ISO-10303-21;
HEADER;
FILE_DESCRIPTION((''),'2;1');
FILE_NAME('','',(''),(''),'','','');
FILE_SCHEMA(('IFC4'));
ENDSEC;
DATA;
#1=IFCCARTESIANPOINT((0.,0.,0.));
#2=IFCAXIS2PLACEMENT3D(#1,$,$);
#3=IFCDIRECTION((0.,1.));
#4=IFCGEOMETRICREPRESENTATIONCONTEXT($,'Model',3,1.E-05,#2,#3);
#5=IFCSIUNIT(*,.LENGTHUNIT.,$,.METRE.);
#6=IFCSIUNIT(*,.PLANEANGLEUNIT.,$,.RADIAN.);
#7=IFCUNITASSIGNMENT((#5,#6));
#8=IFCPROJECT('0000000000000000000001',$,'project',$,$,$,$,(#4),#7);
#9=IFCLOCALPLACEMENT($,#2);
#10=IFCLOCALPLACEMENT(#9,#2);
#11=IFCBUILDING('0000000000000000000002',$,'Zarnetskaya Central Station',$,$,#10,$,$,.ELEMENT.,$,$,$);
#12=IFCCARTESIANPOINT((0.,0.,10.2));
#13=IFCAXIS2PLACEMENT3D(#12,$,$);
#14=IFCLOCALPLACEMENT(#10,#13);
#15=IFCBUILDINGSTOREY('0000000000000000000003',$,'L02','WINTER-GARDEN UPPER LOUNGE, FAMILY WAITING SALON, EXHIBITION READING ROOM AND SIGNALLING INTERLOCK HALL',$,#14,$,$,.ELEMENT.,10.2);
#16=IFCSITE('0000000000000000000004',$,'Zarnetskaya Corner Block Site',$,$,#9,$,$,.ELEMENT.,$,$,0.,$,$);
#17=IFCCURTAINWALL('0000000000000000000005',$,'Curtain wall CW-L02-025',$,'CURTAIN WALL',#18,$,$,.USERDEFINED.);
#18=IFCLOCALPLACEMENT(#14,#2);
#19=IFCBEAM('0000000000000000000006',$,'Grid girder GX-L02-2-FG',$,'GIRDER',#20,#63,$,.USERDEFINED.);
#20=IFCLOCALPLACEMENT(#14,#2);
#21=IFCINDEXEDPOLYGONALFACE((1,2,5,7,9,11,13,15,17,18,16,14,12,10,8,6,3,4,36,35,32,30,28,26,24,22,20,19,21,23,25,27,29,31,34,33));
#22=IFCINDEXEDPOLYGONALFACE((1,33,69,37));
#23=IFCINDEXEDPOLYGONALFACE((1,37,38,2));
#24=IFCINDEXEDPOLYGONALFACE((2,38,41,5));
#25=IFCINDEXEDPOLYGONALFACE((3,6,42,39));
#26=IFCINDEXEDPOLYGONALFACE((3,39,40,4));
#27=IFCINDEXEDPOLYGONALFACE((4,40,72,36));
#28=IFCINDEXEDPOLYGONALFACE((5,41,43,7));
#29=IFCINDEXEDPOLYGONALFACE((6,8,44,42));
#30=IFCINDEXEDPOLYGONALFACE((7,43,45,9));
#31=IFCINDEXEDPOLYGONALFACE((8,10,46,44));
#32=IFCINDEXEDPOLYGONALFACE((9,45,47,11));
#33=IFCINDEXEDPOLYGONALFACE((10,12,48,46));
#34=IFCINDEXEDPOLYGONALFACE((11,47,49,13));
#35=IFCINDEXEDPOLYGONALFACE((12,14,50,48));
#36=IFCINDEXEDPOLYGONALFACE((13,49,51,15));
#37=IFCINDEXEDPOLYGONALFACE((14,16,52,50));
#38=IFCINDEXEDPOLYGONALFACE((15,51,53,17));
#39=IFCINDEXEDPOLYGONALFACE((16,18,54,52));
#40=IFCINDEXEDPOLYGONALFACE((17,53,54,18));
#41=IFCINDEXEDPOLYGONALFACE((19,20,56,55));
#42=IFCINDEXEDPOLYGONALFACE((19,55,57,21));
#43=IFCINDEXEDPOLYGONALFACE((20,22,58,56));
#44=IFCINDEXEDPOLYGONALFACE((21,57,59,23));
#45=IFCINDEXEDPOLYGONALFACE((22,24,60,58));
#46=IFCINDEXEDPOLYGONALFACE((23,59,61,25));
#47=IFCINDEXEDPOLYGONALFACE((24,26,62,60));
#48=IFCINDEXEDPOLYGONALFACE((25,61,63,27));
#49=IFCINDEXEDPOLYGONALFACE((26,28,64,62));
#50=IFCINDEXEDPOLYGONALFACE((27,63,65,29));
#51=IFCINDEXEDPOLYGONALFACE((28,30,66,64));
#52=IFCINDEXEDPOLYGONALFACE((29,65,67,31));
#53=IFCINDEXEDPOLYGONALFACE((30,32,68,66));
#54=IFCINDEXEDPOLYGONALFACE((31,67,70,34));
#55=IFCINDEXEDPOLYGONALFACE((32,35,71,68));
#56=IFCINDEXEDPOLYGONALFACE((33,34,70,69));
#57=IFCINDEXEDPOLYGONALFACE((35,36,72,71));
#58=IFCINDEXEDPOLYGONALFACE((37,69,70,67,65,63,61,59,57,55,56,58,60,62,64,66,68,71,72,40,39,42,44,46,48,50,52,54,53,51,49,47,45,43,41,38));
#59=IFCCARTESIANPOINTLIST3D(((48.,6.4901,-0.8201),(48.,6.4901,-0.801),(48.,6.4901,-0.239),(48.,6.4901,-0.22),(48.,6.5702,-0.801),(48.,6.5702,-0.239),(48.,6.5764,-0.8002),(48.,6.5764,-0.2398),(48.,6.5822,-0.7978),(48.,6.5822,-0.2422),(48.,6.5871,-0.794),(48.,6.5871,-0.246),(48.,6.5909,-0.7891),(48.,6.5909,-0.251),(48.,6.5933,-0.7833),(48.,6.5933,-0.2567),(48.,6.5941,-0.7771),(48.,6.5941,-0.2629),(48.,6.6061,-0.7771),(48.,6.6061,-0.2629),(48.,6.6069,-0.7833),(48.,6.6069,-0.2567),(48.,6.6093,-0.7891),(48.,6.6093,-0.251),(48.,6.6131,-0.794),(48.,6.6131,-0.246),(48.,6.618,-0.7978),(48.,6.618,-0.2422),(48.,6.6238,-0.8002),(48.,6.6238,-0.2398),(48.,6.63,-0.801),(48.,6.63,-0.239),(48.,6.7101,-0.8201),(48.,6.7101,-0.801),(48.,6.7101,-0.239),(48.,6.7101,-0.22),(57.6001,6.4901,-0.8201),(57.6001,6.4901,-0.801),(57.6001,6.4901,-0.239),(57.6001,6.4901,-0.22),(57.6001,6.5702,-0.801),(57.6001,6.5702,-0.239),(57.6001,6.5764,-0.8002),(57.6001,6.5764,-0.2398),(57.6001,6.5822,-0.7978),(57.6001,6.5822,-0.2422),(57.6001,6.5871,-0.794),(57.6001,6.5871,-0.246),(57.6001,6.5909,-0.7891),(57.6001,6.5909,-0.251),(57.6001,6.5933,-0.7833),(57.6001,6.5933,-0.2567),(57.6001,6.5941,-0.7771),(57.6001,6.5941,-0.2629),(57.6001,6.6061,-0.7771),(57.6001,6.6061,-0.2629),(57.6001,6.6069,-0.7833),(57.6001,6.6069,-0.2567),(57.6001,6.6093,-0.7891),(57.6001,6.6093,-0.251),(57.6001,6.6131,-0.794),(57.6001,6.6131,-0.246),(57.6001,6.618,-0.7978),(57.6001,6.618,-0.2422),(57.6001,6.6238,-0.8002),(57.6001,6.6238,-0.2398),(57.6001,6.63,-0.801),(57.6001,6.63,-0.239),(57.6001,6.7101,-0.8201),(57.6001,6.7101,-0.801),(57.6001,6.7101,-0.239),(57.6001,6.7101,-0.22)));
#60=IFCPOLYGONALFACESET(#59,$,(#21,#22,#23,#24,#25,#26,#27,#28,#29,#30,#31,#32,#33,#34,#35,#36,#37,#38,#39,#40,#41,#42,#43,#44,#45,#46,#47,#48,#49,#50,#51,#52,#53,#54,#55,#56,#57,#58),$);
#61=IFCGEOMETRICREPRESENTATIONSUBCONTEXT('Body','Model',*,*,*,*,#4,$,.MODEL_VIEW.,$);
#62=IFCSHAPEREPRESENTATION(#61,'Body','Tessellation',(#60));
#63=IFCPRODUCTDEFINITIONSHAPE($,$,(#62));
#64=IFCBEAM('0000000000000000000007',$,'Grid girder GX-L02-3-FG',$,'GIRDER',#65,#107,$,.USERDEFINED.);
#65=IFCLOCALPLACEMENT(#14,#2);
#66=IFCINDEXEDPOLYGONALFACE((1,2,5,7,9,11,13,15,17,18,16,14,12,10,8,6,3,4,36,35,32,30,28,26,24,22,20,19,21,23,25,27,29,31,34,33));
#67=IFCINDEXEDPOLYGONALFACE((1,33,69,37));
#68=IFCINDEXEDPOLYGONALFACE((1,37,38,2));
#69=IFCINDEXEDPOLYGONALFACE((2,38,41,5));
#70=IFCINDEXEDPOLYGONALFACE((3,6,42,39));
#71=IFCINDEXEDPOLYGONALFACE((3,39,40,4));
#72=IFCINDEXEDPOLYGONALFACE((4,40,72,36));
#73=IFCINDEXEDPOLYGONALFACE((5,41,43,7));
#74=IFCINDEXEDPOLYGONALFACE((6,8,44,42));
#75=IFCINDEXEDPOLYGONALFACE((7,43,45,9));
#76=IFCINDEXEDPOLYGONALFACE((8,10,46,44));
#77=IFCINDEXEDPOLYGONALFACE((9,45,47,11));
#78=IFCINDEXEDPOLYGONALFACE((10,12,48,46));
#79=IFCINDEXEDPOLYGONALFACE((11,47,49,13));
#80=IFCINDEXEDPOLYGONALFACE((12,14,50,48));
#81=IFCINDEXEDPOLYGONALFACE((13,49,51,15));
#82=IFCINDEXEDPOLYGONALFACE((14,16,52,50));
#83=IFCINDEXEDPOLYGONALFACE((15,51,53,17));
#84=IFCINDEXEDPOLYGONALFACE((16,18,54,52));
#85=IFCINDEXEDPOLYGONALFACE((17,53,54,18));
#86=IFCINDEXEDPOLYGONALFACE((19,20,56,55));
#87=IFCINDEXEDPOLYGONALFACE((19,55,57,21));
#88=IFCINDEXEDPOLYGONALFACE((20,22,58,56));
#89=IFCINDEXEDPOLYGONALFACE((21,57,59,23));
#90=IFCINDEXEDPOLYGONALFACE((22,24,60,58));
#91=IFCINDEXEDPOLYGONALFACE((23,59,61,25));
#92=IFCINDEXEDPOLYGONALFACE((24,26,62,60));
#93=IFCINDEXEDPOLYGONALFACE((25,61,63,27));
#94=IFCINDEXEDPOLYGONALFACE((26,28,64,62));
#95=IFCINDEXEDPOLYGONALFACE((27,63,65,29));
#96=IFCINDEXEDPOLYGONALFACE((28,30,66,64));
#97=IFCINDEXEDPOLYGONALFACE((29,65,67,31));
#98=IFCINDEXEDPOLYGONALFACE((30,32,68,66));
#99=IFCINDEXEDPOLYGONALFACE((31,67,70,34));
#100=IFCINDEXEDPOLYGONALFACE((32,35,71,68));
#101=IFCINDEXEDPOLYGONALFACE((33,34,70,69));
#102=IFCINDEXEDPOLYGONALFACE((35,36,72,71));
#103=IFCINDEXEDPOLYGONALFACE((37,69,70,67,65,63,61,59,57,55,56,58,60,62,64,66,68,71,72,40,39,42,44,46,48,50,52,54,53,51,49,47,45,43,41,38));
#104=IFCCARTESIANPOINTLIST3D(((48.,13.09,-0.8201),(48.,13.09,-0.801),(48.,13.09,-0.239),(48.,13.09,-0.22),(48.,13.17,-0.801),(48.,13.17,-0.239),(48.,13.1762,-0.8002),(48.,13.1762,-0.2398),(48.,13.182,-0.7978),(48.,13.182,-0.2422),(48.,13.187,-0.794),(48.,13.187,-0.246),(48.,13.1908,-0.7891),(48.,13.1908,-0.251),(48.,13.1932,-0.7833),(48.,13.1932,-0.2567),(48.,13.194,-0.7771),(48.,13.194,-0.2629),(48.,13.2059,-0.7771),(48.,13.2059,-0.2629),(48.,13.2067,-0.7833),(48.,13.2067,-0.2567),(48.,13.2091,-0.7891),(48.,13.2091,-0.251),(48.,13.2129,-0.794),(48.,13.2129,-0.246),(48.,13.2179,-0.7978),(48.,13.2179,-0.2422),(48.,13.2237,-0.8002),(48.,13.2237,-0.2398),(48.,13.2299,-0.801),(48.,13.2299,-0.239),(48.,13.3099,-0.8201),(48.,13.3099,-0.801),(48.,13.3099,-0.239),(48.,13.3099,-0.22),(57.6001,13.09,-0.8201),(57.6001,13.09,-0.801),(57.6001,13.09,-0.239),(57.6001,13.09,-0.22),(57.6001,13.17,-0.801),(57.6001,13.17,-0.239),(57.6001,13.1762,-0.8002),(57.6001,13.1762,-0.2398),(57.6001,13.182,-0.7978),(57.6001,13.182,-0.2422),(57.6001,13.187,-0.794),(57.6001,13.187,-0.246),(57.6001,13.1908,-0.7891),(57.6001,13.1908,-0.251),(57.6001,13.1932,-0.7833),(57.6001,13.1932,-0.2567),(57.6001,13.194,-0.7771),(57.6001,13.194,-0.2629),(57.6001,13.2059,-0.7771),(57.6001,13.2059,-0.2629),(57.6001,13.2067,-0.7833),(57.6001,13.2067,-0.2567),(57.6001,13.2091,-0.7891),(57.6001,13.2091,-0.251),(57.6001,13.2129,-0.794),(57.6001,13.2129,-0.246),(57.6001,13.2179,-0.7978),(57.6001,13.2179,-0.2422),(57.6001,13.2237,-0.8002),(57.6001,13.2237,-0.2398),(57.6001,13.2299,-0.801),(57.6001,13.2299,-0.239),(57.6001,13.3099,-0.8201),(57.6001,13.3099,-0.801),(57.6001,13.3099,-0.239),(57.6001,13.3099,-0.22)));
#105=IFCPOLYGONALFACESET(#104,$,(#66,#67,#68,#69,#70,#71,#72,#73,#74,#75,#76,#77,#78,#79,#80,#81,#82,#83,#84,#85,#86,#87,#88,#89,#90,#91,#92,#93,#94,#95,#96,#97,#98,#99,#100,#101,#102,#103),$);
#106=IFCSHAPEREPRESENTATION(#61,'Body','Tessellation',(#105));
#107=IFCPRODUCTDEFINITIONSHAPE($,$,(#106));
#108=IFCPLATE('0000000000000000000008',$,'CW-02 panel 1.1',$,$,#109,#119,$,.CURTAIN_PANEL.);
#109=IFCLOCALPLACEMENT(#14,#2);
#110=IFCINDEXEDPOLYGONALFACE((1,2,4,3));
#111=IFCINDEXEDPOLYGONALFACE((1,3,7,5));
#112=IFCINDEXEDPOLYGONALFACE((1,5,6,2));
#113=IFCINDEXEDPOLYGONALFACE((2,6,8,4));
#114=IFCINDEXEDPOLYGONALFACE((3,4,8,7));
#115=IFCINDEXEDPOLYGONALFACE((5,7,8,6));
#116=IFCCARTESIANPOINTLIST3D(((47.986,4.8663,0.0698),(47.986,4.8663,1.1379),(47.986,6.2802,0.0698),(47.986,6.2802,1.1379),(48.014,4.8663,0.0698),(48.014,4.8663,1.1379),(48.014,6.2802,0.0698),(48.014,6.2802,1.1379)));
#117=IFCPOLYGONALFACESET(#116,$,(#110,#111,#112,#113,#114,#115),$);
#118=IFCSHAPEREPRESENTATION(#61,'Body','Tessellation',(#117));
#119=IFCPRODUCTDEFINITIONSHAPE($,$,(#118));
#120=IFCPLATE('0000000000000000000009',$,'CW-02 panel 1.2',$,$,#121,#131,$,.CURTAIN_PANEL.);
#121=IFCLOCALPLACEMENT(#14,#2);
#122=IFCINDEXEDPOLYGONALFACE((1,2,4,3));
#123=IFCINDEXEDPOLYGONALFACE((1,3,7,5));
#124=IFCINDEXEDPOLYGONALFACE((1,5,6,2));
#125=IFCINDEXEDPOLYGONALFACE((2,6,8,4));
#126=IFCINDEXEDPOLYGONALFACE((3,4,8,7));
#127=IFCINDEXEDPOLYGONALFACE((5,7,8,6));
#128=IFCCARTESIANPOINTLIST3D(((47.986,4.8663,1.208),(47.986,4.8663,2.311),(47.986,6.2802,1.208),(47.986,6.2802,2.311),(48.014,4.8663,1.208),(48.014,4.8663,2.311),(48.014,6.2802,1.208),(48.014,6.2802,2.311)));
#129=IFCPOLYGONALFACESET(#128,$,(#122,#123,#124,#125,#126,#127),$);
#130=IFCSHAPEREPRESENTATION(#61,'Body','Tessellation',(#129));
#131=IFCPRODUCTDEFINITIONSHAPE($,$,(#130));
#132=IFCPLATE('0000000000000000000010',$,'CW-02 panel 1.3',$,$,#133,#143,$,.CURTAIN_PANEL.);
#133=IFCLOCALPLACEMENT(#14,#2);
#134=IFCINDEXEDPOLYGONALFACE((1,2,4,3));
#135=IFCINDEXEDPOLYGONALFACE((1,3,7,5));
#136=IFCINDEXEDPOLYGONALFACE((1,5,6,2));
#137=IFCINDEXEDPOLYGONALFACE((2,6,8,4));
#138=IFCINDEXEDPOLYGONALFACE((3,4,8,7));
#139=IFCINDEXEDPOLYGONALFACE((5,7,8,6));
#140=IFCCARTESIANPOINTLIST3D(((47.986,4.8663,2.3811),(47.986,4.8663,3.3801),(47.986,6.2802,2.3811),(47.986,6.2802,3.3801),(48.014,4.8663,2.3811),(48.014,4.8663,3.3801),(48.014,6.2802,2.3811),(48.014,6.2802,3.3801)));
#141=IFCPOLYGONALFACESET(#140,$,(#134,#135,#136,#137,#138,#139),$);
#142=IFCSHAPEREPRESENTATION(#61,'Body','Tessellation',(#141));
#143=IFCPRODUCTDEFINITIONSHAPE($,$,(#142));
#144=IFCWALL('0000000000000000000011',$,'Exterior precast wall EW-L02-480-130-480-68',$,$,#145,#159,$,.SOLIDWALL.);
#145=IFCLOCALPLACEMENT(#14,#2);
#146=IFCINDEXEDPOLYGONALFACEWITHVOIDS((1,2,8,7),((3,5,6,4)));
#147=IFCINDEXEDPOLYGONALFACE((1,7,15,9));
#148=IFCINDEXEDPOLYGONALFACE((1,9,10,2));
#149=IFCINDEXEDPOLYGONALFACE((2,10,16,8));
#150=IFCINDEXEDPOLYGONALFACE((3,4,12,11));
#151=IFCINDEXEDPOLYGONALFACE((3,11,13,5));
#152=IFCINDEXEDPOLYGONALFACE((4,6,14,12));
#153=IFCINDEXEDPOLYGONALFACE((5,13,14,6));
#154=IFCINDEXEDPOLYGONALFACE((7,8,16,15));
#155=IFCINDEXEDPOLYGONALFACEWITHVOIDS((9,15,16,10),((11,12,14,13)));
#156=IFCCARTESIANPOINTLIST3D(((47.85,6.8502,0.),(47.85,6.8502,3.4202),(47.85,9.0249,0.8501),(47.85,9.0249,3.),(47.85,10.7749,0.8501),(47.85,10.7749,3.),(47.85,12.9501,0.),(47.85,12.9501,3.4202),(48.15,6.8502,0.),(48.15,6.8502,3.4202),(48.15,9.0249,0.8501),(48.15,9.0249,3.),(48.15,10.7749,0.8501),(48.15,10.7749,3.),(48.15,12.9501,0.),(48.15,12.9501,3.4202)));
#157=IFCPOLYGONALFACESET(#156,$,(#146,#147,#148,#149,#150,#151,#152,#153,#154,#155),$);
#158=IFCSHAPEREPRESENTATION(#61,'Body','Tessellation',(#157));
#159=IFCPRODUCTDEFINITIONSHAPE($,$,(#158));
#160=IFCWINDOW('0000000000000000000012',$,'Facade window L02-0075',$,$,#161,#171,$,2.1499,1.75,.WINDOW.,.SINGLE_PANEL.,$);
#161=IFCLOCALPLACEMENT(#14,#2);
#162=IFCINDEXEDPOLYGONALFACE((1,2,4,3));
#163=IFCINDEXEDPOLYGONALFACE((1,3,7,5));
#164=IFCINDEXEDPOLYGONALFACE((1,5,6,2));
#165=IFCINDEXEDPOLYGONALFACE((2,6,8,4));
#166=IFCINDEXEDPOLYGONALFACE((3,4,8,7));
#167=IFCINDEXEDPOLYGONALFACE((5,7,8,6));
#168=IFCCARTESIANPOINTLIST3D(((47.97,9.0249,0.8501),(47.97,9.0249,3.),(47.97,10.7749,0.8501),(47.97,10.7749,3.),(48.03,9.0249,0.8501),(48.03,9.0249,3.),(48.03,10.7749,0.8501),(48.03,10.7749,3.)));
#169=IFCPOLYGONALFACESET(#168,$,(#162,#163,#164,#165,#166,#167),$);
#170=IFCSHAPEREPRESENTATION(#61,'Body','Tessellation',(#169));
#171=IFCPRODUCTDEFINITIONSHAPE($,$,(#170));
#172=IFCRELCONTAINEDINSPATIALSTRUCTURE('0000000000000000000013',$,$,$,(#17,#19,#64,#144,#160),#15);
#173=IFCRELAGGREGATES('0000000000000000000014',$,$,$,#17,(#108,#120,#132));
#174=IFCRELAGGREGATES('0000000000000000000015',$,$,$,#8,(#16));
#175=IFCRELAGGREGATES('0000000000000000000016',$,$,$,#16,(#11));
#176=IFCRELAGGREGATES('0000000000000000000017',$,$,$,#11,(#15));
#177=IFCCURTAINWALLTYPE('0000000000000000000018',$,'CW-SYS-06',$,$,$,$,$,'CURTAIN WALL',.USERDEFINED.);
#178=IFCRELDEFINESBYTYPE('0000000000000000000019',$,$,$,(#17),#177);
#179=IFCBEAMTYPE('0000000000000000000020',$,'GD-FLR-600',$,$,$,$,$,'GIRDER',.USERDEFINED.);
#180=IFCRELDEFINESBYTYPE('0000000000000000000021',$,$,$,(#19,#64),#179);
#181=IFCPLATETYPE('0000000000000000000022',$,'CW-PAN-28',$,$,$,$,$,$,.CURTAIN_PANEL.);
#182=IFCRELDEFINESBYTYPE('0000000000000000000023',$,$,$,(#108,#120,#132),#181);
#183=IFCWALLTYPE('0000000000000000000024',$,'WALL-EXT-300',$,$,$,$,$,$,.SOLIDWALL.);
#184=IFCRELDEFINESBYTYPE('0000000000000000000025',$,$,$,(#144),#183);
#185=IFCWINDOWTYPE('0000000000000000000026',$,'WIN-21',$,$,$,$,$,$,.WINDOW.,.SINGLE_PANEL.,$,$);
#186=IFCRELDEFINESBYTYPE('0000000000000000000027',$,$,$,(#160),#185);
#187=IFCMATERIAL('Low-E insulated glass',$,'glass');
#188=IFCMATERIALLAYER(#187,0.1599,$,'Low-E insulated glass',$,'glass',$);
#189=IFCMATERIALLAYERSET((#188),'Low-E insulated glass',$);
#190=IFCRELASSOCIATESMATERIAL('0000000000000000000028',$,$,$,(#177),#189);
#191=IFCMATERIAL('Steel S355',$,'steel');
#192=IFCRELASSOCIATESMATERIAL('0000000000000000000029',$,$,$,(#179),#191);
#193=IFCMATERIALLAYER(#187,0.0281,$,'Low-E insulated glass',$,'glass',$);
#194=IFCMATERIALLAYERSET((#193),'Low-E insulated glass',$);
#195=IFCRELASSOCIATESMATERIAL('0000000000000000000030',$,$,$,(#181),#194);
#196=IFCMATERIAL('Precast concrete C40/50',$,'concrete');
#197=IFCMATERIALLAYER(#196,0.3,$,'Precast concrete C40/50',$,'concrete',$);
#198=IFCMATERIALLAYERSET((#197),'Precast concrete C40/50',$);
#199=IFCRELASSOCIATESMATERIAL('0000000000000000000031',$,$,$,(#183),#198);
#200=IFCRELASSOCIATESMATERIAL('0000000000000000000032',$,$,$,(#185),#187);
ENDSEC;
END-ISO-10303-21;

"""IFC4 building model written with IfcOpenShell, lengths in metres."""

from ifc_helpers import new_model, si_unit, direction, frame, frame_2d, origin, origin_2d, place, context, subcontext, project, spatial, rectangle, i_section, extrude, material, layer, layer_set, material_profile, profile_set, type_object, element, fill, aggregate, save


model = new_model("IFC4")

# Units and contexts
model_context = context("Model", 3, precision=1e-05, world=origin(), true_north=direction((0.0, 1.0)))
body_context = subcontext(model_context, "Body", "Model", "MODEL_VIEW")
ifc_project = project(units=[si_unit("LENGTHUNIT", "METRE"), si_unit("PLANEANGLEUNIT", "RADIAN")], contexts=[model_context])

# Site, building, storey
site_placement = place(None, origin())
site = spatial("IfcSite", under=ifc_project, at=site_placement, Name="Zarnetskaya Corner Block Site", CompositionType="ELEMENT", RefElevation=0.0)
building_placement = place(site_placement, origin())
building = spatial("IfcBuilding", under=site, at=building_placement, Name="Zarnetskaya Central Station", CompositionType="ELEMENT")
storey_placement = place(building_placement, frame((0.0, 0.0, 10.2)))
storey = spatial("IfcBuildingStorey", under=building, at=storey_placement, Name="L02", Description="WINTER-GARDEN UPPER LOUNGE, FAMILY WAITING SALON, EXHIBITION READING ROOM AND SIGNALLING INTERLOCK HALL", CompositionType="ELEMENT", Elevation=10.2)

# Shared definitions
ifc_material_1 = material(Name="Steel S355", Category="steel")

# Curtain wall
ifc_material_2 = material(Name="Low-E insulated glass", Category="glass")
ifc_layer_1 = layer(ifc_material_2, 0.1599, Name="Low-E insulated glass", Category="glass")
ifc_layer_set_1 = layer_set([ifc_layer_1], Name="Low-E insulated glass")
curtain_wall_type = type_object("IfcCurtainWallType", Name="CW-SYS-06", ElementType="CURTAIN WALL", PredefinedType="USERDEFINED", material=ifc_layer_set_1)
curtain_wall_placement = place(storey_placement, origin())
curtain_wall = element("IfcCurtainWall", 1, at=curtain_wall_placement, inside=storey, type_object=curtain_wall_type, Name="Curtain wall CW-L02-025", ObjectType="CURTAIN WALL", PredefinedType="USERDEFINED")

# Beams
ifc_material_profile_1 = material_profile(ifc_material_1, i_section(OverallWidth=0.22, OverallDepth=0.6001, WebThickness=0.012, FlangeThickness=0.019, FilletRadius=0.0239, at=origin_2d()), Name="IPE 600")
ifc_profile_set_1 = profile_set([ifc_material_profile_1], Name="Steel S355")
beam_type_1 = type_object("IfcBeamType", Name="GD-FLR-600", ElementType="GIRDER", PredefinedType="USERDEFINED", material=ifc_profile_set_1)
for number, where, z_axis, x_axis, name in (
    (2, (48.0, 6.6001, -0.52), (1.0, 0.0, 0.0), (0.0, 1.0, 0.0), "Grid girder GX-L02-2-FG"),
    (3, (48.0, 13.2, -0.52), (1.0, 0.0, 0.0), (0.0, 1.0, 0.0), "Grid girder GX-L02-3-FG"),
):
    element("IfcBeam", number, at=place(storey_placement, frame(where, z_axis=z_axis, x_axis=x_axis)), inside=storey, type_object=beam_type_1, Name=name, ObjectType="GIRDER", PredefinedType="USERDEFINED", context=body_context, shape_type="SweptSolid", body=[
        extrude(i_section(OverallWidth=0.22, OverallDepth=0.6001, WebThickness=0.012, FlangeThickness=0.019, FilletRadius=0.0239, at=origin_2d()), origin(), (0.0, 0.0, 1.0), 9.6001),
    ])

# Plates
ifc_layer_2 = layer(ifc_material_2, 0.0281, Name="Low-E insulated glass", Category="glass")
ifc_layer_set_2 = layer_set([ifc_layer_2], Name="Low-E insulated glass")
plate_type = type_object("IfcPlateType", Name="CW-PAN-28", PredefinedType="CURTAIN_PANEL", material=ifc_layer_set_2)
plate_1_placement = place(storey_placement, frame((48.0, 5.5732, 0.0698), z_axis=(0.0, 0.0, 1.0), x_axis=(0.0, -1.0, 0.0)))
plate_1 = element("IfcPlate", 4, at=plate_1_placement, type_object=plate_type, Name="CW-02 panel 1.1", PredefinedType="CURTAIN_PANEL", context=body_context, shape_type="SweptSolid", body=[
    extrude(rectangle(XDim=1.4138, YDim=0.0281, at=origin_2d()), origin(), (0.0, 0.0, 1.0), 1.0681),
])
plate_2_placement = place(storey_placement, frame((48.0, 5.5732, 1.208), z_axis=(0.0, 0.0, 1.0), x_axis=(0.0, -1.0, 0.0)))
plate_2 = element("IfcPlate", 5, at=plate_2_placement, type_object=plate_type, Name="CW-02 panel 1.2", PredefinedType="CURTAIN_PANEL", context=body_context, shape_type="SweptSolid", body=[
    extrude(rectangle(XDim=1.4138, YDim=0.0281, at=origin_2d()), origin(), (0.0, 0.0, 1.0), 1.103),
])
plate_3_placement = place(storey_placement, frame((48.0, 5.5732, 2.3811), z_axis=(0.0, 0.0, 1.0), x_axis=(0.0, -1.0, 0.0)))
plate_3 = element("IfcPlate", 6, at=plate_3_placement, type_object=plate_type, Name="CW-02 panel 1.3", PredefinedType="CURTAIN_PANEL", context=body_context, shape_type="SweptSolid", body=[
    extrude(rectangle(XDim=1.4138, YDim=0.0281, at=origin_2d()), origin(), (0.0, 0.0, 1.0), 0.999),
])
aggregate(curtain_wall, [plate_1, plate_2, plate_3])

# Wall, opening, window
ifc_material_3 = material(Name="Precast concrete C40/50", Category="concrete")
ifc_layer_3 = layer(ifc_material_3, 0.3, Name="Precast concrete C40/50", Category="concrete")
ifc_layer_set_3 = layer_set([ifc_layer_3], Name="Precast concrete C40/50")
wall_type = type_object("IfcWallType", Name="WALL-EXT-300", PredefinedType="SOLIDWALL", material=ifc_layer_set_3)
wall_placement = place(storey_placement, frame((48.0, 12.95, 0.0), z_axis=(0.0, 0.0, 1.0), x_axis=(0.0, -1.0, 0.0)))
wall = element("IfcWall", 7, at=wall_placement, inside=storey, type_object=wall_type, Name="Exterior precast wall EW-L02-480-130-480-68", PredefinedType="SOLIDWALL", context=body_context, shape_type="SweptSolid", body=[
    extrude(rectangle(XDim=6.0999, YDim=0.3, at=frame_2d((3.0498, 0.0))), origin(), (0.0, 0.0, 1.0), 3.4202),
])
opening_placement = place(wall_placement, frame((2.175, 0.0, 0.8501)))
opening = element("IfcOpeningElement", 8, at=opening_placement, cuts=wall, PredefinedType="OPENING", context=body_context, shape_type="SweptSolid", body=[
    extrude(rectangle(XDim=1.75, YDim=2.1499, at=frame_2d((0.875, 1.075))), frame((0.0, 0.1602, 0.0), z_axis=(0.0, -1.0, 0.0), x_axis=(1.0, 0.0, 0.0)), (0.0, 0.0, 1.0), 0.3201),
])
window_type = type_object("IfcWindowType", Name="WIN-21", PartitioningType="SINGLE_PANEL", PredefinedType="WINDOW", material=ifc_material_2)
window_placement = place(opening_placement, origin())
window = element("IfcWindow", 9, at=window_placement, inside=storey, type_object=window_type, Name="Facade window L02-0075", OverallHeight=2.1499, OverallWidth=1.75, PartitioningType="SINGLE_PANEL", PredefinedType="WINDOW", context=body_context, shape_type="SweptSolid", body=[
    extrude(rectangle(XDim=1.75, YDim=2.1499, at=frame_2d((0.875, 1.075))), frame((0.0, 0.03, 0.0), z_axis=(0.0, -1.0, 0.0), x_axis=(1.0, 0.0, 0.0)), (0.0, 0.0, 1.0), 0.0601),
])
fill(opening, window)

save(model, "model.ifc")
